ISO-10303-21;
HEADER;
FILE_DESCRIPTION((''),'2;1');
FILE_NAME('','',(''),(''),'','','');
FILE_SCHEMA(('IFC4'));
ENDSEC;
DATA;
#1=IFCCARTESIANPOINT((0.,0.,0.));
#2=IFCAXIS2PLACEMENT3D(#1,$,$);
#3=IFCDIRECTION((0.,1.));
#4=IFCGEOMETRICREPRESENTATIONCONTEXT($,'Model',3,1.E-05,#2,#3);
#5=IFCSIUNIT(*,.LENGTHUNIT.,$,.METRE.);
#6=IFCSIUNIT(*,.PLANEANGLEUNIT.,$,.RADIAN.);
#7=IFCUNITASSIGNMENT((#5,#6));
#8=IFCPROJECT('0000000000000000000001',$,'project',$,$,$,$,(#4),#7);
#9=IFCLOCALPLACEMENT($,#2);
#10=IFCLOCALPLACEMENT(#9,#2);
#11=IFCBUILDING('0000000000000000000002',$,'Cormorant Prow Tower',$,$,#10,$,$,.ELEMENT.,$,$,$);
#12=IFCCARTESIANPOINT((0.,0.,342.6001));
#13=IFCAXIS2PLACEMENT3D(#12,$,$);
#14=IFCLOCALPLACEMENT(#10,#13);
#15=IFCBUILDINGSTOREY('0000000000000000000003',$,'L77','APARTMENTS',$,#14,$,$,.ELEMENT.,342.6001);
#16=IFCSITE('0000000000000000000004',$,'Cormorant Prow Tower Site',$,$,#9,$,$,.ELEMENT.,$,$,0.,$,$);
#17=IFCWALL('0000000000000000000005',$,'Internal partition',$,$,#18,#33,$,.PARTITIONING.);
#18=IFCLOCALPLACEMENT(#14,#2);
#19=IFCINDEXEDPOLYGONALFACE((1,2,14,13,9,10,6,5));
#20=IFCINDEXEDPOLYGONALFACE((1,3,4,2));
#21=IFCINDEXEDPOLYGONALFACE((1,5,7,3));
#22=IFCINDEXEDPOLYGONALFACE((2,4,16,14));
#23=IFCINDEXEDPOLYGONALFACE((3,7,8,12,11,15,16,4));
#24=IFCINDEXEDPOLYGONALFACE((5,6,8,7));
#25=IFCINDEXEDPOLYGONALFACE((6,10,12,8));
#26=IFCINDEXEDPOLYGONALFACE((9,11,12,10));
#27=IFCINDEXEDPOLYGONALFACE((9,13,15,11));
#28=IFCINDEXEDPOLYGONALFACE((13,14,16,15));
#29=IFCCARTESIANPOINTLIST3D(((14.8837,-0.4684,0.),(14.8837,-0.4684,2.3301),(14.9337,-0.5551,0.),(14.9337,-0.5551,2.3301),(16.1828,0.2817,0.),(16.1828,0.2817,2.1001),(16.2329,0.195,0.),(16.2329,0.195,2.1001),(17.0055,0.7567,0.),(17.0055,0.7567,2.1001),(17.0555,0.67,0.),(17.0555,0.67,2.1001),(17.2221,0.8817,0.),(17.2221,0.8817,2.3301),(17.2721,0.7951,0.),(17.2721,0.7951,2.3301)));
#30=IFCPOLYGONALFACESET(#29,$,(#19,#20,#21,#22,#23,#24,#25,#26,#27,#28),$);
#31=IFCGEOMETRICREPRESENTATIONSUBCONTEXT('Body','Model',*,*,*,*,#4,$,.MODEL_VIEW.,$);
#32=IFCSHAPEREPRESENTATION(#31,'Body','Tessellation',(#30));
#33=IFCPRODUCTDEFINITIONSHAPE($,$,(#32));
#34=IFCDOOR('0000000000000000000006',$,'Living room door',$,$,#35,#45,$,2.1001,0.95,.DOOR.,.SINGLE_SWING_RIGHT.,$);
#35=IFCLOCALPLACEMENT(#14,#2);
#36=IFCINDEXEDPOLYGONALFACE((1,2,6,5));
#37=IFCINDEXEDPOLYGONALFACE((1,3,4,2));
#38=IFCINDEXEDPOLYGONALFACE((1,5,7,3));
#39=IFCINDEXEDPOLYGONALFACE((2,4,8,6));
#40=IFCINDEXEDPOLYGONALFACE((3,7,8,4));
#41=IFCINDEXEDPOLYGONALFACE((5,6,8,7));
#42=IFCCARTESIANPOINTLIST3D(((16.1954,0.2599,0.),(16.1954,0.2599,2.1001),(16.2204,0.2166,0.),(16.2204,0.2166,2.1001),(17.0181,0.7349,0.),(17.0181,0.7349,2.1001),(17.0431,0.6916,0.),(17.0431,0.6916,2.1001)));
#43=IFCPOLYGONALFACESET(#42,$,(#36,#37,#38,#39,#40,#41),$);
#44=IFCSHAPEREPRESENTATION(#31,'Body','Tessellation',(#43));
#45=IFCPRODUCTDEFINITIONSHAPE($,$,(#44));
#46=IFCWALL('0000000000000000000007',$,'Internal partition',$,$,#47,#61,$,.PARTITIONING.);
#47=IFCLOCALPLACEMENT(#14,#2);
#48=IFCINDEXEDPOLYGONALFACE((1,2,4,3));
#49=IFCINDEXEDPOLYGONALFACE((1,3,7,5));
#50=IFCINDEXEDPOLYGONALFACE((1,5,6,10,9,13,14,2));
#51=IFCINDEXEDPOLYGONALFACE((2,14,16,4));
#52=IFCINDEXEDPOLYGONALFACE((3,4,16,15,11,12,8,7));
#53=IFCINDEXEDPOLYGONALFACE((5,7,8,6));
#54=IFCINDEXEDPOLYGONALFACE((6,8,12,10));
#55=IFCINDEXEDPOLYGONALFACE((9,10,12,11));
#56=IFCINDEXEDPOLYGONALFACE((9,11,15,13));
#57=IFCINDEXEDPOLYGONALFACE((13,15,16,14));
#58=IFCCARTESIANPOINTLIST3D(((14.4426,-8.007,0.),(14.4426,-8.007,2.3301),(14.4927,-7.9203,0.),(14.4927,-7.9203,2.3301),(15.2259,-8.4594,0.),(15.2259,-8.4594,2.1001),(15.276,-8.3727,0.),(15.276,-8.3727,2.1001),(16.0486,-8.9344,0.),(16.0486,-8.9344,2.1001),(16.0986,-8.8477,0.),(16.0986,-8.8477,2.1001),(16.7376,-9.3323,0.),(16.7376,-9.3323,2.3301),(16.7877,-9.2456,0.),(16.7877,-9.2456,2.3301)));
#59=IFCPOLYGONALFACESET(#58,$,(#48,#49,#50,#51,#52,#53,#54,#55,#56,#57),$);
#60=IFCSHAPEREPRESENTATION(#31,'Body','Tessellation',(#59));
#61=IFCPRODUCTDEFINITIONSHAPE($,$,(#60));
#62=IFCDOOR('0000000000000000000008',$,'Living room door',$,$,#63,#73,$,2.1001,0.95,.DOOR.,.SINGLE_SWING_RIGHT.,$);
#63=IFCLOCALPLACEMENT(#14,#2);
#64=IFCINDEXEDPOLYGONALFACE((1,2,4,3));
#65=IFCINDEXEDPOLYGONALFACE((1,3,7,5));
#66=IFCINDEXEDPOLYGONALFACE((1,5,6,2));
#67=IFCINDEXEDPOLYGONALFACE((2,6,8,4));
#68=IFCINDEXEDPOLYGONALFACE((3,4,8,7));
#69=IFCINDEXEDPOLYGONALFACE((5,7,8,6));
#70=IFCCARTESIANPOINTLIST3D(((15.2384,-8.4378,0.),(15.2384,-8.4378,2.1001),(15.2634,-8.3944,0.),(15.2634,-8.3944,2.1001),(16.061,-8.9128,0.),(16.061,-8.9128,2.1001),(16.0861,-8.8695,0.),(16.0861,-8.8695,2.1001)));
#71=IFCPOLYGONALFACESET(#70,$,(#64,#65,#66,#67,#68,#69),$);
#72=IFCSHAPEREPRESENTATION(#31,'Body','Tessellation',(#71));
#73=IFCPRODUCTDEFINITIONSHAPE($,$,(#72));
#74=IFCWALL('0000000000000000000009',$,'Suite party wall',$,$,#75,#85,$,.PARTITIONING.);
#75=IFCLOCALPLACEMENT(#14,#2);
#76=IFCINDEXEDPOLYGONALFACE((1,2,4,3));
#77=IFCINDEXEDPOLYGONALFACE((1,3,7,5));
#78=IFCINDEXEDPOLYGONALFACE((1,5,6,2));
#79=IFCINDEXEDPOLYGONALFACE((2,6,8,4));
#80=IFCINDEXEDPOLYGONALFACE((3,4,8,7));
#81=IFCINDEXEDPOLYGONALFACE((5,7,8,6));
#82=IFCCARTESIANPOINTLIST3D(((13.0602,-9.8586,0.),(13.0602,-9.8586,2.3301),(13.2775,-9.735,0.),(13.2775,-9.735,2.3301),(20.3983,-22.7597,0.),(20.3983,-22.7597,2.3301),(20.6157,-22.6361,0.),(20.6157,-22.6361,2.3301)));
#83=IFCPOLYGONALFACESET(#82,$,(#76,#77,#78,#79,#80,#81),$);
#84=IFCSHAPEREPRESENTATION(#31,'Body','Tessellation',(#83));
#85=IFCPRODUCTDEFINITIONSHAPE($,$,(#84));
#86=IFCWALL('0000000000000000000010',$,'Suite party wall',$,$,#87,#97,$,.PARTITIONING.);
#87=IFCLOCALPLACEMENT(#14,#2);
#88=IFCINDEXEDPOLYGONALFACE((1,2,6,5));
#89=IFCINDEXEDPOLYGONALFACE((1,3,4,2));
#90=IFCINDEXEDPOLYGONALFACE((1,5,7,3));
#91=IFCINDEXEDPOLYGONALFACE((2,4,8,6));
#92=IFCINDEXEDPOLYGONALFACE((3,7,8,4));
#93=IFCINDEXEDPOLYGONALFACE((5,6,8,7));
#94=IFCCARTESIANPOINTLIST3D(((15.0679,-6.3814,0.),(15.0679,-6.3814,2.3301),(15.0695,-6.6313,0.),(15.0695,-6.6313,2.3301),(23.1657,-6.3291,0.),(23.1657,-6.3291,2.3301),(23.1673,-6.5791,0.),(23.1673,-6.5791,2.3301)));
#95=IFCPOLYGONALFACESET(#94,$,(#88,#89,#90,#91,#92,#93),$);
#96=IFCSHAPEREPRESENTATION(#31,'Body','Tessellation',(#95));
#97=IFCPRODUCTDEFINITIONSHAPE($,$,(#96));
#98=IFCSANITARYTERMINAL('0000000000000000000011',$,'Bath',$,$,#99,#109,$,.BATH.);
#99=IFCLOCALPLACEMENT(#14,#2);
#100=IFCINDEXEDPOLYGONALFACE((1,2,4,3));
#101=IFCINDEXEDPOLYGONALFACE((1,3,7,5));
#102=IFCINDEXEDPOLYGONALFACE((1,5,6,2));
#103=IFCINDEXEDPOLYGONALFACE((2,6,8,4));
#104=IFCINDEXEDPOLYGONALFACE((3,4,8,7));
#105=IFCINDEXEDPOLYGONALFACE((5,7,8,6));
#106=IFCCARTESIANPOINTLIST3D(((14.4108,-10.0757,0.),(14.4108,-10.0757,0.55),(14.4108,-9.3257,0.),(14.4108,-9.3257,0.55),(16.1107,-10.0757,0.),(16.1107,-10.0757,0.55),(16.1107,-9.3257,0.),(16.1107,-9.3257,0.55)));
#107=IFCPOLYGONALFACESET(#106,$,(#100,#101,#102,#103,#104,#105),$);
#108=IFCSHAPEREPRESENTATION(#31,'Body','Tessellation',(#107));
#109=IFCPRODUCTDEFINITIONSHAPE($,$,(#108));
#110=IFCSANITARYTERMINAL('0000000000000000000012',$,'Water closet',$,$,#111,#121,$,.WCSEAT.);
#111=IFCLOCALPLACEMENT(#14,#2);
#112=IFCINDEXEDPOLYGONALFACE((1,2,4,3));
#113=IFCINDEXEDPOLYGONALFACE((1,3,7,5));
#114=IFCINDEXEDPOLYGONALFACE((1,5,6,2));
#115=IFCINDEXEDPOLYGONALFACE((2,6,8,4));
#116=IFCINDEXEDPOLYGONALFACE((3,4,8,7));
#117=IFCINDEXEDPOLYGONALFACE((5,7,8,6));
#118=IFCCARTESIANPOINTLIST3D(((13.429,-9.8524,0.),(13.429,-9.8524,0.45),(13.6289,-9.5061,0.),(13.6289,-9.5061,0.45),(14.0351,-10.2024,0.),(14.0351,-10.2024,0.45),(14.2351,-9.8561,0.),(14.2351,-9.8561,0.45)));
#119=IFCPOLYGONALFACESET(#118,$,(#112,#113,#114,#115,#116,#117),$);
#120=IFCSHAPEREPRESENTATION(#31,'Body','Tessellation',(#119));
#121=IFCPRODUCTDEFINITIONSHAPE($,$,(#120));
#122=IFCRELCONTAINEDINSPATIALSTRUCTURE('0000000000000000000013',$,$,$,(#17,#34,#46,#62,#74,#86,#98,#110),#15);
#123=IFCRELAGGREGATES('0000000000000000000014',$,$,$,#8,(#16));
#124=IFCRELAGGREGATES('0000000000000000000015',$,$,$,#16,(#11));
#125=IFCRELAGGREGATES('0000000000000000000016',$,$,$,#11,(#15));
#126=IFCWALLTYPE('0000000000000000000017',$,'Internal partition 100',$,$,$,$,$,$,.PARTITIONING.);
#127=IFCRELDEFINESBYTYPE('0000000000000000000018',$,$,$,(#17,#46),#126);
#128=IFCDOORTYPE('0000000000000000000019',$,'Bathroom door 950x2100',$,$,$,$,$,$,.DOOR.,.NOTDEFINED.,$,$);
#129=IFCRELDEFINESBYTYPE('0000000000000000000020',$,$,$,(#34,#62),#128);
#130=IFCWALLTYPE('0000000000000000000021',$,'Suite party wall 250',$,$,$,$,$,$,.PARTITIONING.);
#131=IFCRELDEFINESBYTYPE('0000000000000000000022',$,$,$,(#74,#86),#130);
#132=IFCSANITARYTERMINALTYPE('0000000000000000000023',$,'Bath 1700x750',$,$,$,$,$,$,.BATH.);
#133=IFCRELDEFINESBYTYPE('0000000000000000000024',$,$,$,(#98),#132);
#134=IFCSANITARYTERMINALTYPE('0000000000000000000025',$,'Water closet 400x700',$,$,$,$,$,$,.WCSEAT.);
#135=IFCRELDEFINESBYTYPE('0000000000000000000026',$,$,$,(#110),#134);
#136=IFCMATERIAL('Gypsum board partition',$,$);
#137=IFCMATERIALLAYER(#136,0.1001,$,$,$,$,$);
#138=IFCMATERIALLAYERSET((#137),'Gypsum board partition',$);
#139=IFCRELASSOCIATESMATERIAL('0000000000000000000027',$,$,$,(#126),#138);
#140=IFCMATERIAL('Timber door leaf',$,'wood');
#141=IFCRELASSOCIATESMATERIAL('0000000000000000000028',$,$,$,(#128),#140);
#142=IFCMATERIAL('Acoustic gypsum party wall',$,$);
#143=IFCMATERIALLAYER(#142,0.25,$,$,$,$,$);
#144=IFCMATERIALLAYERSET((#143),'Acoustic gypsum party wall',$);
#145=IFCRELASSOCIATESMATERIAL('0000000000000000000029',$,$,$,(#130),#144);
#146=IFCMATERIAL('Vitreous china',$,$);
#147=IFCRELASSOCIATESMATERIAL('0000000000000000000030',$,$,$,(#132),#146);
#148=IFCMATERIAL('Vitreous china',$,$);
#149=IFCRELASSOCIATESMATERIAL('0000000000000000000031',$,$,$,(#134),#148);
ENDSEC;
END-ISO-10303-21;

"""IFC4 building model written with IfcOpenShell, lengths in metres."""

from ifc_helpers import new_model, si_unit, direction, frame, frame_2d, origin, origin_2d, place, context, subcontext, project, spatial, rectangle, extrude, material, layer, layer_set, type_object, element, fill, save


model = new_model("IFC4")

# Units and contexts
model_context = context("Model", 3, precision=1e-05, world=origin(), true_north=direction((0.0, 1.0)))
body_context = subcontext(model_context, "Body", "Model", "MODEL_VIEW")
ifc_project = project(units=[si_unit("LENGTHUNIT", "METRE"), si_unit("PLANEANGLEUNIT", "RADIAN")], contexts=[model_context])

# Site, building, storey
site_placement = place(None, origin())
site = spatial("IfcSite", under=ifc_project, at=site_placement, Name="Cormorant Prow Tower Site", CompositionType="ELEMENT", RefElevation=0.0)
building_placement = place(site_placement, origin())
building = spatial("IfcBuilding", under=site, at=building_placement, Name="Cormorant Prow Tower", CompositionType="ELEMENT")
storey_placement = place(building_placement, frame((0.0, 0.0, 342.6001)))
storey = spatial("IfcBuildingStorey", under=building, at=storey_placement, Name="L77", Description="APARTMENTS", CompositionType="ELEMENT", Elevation=342.6001)

# Walls, openings, doors
ifc_material_1 = material(Name="Gypsum board partition")
ifc_layer_1 = layer(ifc_material_1, 0.1001)
ifc_layer_set_1 = layer_set([ifc_layer_1], Name="Gypsum board partition")
wall_type_1 = type_object("IfcWallType", Name="Internal partition 100", PredefinedType="PARTITIONING", material=ifc_layer_set_1)
ifc_material_2 = material(Name="Timber door leaf", Category="wood")
door_type_1 = type_object("IfcDoorType", Name="Bathroom door 950x2100", OperationType="NOTDEFINED", PredefinedType="DOOR", material=ifc_material_2)
wall_1_placement = place(storey_placement, frame((14.9087, -0.5117, 0.0), z_axis=(0.0, 0.0, 1.0), x_axis=(0.86602, 0.500009, 0.0)))
wall_1 = element("IfcWall", 1, at=wall_1_placement, inside=storey, type_object=wall_type_1, Name="Internal partition", PredefinedType="PARTITIONING", context=body_context, shape_type="SweptSolid", body=[
    extrude(rectangle(XDim=2.7002, YDim=0.1001, at=frame_2d((1.3501, 0.0))), origin(), (0.0, 0.0, 1.0), 2.3301),
])
opening_1_placement = place(wall_1_placement, frame((1.5, 0.0, 0.0)))
opening_1 = element("IfcOpeningElement", 2, at=opening_1_placement, cuts=wall_1, PredefinedType="OPENING", context=body_context, shape_type="SweptSolid", body=[
    extrude(rectangle(XDim=0.95, YDim=2.1001, at=frame_2d((0.4751, 1.05))), frame((0.0, 0.0601, 0.0), z_axis=(0.0, -1.0, 0.0), x_axis=(1.0, 0.0, 0.0)), (0.0, 0.0, 1.0), 0.1201),
])
door_1_placement = place(opening_1_placement, origin())
door_1 = element("IfcDoor", 3, at=door_1_placement, inside=storey, type_object=door_type_1, Name="Living room door", OperationType="SINGLE_SWING_RIGHT", OverallHeight=2.1001, OverallWidth=0.95, PredefinedType="DOOR", context=body_context, shape_type="SweptSolid", body=[
    extrude(rectangle(XDim=0.95, YDim=2.1001, at=frame_2d((0.4751, 1.05))), frame((0.0, 0.0249, 0.0), z_axis=(0.0, -1.0, 0.0), x_axis=(1.0, 0.0, 0.0)), (0.0, 0.0, 1.0), 0.05),
])
fill(opening_1, door_1)
wall_2_placement = place(storey_placement, frame((14.4675, -7.9636, 0.0), z_axis=(0.0, 0.0, 1.0), x_axis=(0.865989, -0.500063, 0.0)))
wall_2 = element("IfcWall", 4, at=wall_2_placement, inside=storey, type_object=wall_type_1, Name="Internal partition", PredefinedType="PARTITIONING", context=body_context, shape_type="SweptSolid", body=[
    extrude(rectangle(XDim=2.6501, YDim=0.1001, at=frame_2d((1.3252, 0.0))), origin(), (0.0, 0.0, 1.0), 2.3301),
])
opening_2_placement = place(wall_2_placement, frame((0.9045, 0.0, 0.0)))
opening_2 = element("IfcOpeningElement", 5, at=opening_2_placement, cuts=wall_2, PredefinedType="OPENING", context=body_context, shape_type="SweptSolid", body=[
    extrude(rectangle(XDim=0.95, YDim=2.1001, at=frame_2d((0.4751, 1.05))), frame((0.0, 0.0601, 0.0), z_axis=(0.0, -1.0, 0.0), x_axis=(1.0, 0.0, 0.0)), (0.0, 0.0, 1.0), 0.1201),
])
door_2_placement = place(opening_2_placement, origin())
door_2 = element("IfcDoor", 6, at=door_2_placement, inside=storey, type_object=door_type_1, Name="Living room door", OperationType="SINGLE_SWING_RIGHT", OverallHeight=2.1001, OverallWidth=0.95, PredefinedType="DOOR", context=body_context, shape_type="SweptSolid", body=[
    extrude(rectangle(XDim=0.95, YDim=2.1001, at=frame_2d((0.4751, 1.05))), frame((0.0, 0.0249, 0.0), z_axis=(0.0, -1.0, 0.0), x_axis=(1.0, 0.0, 0.0)), (0.0, 0.0, 1.0), 0.05),
])
fill(opening_2, door_2)

# Walls
ifc_material_3 = material(Name="Acoustic gypsum party wall")
ifc_layer_2 = layer(ifc_material_3, 0.25)
ifc_layer_set_2 = layer_set([ifc_layer_2], Name="Acoustic gypsum party wall")
wall_type_2 = type_object("IfcWallType", Name="Suite party wall 250", PredefinedType="PARTITIONING", material=ifc_layer_set_2)
wall_3_placement = place(storey_placement, frame((13.1689, -9.7969, 0.0), z_axis=(0.0, 0.0, 1.0), x_axis=(0.494414, -0.869226, 0.0)))
element("IfcWall", 7, at=wall_3_placement, inside=storey, type_object=wall_type_2, Name="Suite party wall", PredefinedType="PARTITIONING", context=body_context, shape_type="SweptSolid", body=[
    extrude(rectangle(XDim=14.842, YDim=0.25, at=frame_2d((7.4209, 0.0))), origin(), (0.0, 0.0, 1.0), 2.3301),
])
wall_4_placement = place(storey_placement, frame((15.0688, -6.5063, 0.0), z_axis=(0.0, 0.0, 1.0), x_axis=(0.999979, 0.006452, 0.0)))
element("IfcWall", 8, at=wall_4_placement, inside=storey, type_object=wall_type_2, Name="Suite party wall", PredefinedType="PARTITIONING", context=body_context, shape_type="SweptSolid", body=[
    extrude(rectangle(XDim=8.0979, YDim=0.25, at=frame_2d((4.0488, 0.0))), origin(), (0.0, 0.0, 1.0), 2.3301),
])

# Sanitary terminals
ifc_material_4 = material(Name="Vitreous china")
sanitary_terminal_type_1 = type_object("IfcSanitaryTerminalType", Name="Bath 1700x750", PredefinedType="BATH", material=ifc_material_4)
sanitary_terminal_1_placement = place(storey_placement, frame((15.2607, -9.7007, 0.0), z_axis=(0.0, 0.0, 1.0), x_axis=(1.0, 0.0, 0.0)))
element("IfcSanitaryTerminal", 9, at=sanitary_terminal_1_placement, inside=storey, type_object=sanitary_terminal_type_1, Name="Bath", PredefinedType="BATH", context=body_context, shape_type="SweptSolid", body=[
    extrude(rectangle(XDim=1.7, YDim=0.75, at=origin_2d()), origin(), (0.0, 0.0, 1.0), 0.55),
])
ifc_material_5 = material(Name="Vitreous china")
sanitary_terminal_type_2 = type_object("IfcSanitaryTerminalType", Name="Water closet 400x700", PredefinedType="WCSEAT", material=ifc_material_5)
sanitary_terminal_2_placement = place(storey_placement, frame((13.832, -9.8542, 0.0), z_axis=(0.0, 0.0, 1.0), x_axis=(0.5, 0.866025, 0.0)))
element("IfcSanitaryTerminal", 10, at=sanitary_terminal_2_placement, inside=storey, type_object=sanitary_terminal_type_2, Name="Water closet", PredefinedType="WCSEAT", context=body_context, shape_type="SweptSolid", body=[
    extrude(rectangle(XDim=0.3999, YDim=0.7, at=origin_2d()), origin(), (0.0, 0.0, 1.0), 0.45),
])

save(model, "model.ifc")
